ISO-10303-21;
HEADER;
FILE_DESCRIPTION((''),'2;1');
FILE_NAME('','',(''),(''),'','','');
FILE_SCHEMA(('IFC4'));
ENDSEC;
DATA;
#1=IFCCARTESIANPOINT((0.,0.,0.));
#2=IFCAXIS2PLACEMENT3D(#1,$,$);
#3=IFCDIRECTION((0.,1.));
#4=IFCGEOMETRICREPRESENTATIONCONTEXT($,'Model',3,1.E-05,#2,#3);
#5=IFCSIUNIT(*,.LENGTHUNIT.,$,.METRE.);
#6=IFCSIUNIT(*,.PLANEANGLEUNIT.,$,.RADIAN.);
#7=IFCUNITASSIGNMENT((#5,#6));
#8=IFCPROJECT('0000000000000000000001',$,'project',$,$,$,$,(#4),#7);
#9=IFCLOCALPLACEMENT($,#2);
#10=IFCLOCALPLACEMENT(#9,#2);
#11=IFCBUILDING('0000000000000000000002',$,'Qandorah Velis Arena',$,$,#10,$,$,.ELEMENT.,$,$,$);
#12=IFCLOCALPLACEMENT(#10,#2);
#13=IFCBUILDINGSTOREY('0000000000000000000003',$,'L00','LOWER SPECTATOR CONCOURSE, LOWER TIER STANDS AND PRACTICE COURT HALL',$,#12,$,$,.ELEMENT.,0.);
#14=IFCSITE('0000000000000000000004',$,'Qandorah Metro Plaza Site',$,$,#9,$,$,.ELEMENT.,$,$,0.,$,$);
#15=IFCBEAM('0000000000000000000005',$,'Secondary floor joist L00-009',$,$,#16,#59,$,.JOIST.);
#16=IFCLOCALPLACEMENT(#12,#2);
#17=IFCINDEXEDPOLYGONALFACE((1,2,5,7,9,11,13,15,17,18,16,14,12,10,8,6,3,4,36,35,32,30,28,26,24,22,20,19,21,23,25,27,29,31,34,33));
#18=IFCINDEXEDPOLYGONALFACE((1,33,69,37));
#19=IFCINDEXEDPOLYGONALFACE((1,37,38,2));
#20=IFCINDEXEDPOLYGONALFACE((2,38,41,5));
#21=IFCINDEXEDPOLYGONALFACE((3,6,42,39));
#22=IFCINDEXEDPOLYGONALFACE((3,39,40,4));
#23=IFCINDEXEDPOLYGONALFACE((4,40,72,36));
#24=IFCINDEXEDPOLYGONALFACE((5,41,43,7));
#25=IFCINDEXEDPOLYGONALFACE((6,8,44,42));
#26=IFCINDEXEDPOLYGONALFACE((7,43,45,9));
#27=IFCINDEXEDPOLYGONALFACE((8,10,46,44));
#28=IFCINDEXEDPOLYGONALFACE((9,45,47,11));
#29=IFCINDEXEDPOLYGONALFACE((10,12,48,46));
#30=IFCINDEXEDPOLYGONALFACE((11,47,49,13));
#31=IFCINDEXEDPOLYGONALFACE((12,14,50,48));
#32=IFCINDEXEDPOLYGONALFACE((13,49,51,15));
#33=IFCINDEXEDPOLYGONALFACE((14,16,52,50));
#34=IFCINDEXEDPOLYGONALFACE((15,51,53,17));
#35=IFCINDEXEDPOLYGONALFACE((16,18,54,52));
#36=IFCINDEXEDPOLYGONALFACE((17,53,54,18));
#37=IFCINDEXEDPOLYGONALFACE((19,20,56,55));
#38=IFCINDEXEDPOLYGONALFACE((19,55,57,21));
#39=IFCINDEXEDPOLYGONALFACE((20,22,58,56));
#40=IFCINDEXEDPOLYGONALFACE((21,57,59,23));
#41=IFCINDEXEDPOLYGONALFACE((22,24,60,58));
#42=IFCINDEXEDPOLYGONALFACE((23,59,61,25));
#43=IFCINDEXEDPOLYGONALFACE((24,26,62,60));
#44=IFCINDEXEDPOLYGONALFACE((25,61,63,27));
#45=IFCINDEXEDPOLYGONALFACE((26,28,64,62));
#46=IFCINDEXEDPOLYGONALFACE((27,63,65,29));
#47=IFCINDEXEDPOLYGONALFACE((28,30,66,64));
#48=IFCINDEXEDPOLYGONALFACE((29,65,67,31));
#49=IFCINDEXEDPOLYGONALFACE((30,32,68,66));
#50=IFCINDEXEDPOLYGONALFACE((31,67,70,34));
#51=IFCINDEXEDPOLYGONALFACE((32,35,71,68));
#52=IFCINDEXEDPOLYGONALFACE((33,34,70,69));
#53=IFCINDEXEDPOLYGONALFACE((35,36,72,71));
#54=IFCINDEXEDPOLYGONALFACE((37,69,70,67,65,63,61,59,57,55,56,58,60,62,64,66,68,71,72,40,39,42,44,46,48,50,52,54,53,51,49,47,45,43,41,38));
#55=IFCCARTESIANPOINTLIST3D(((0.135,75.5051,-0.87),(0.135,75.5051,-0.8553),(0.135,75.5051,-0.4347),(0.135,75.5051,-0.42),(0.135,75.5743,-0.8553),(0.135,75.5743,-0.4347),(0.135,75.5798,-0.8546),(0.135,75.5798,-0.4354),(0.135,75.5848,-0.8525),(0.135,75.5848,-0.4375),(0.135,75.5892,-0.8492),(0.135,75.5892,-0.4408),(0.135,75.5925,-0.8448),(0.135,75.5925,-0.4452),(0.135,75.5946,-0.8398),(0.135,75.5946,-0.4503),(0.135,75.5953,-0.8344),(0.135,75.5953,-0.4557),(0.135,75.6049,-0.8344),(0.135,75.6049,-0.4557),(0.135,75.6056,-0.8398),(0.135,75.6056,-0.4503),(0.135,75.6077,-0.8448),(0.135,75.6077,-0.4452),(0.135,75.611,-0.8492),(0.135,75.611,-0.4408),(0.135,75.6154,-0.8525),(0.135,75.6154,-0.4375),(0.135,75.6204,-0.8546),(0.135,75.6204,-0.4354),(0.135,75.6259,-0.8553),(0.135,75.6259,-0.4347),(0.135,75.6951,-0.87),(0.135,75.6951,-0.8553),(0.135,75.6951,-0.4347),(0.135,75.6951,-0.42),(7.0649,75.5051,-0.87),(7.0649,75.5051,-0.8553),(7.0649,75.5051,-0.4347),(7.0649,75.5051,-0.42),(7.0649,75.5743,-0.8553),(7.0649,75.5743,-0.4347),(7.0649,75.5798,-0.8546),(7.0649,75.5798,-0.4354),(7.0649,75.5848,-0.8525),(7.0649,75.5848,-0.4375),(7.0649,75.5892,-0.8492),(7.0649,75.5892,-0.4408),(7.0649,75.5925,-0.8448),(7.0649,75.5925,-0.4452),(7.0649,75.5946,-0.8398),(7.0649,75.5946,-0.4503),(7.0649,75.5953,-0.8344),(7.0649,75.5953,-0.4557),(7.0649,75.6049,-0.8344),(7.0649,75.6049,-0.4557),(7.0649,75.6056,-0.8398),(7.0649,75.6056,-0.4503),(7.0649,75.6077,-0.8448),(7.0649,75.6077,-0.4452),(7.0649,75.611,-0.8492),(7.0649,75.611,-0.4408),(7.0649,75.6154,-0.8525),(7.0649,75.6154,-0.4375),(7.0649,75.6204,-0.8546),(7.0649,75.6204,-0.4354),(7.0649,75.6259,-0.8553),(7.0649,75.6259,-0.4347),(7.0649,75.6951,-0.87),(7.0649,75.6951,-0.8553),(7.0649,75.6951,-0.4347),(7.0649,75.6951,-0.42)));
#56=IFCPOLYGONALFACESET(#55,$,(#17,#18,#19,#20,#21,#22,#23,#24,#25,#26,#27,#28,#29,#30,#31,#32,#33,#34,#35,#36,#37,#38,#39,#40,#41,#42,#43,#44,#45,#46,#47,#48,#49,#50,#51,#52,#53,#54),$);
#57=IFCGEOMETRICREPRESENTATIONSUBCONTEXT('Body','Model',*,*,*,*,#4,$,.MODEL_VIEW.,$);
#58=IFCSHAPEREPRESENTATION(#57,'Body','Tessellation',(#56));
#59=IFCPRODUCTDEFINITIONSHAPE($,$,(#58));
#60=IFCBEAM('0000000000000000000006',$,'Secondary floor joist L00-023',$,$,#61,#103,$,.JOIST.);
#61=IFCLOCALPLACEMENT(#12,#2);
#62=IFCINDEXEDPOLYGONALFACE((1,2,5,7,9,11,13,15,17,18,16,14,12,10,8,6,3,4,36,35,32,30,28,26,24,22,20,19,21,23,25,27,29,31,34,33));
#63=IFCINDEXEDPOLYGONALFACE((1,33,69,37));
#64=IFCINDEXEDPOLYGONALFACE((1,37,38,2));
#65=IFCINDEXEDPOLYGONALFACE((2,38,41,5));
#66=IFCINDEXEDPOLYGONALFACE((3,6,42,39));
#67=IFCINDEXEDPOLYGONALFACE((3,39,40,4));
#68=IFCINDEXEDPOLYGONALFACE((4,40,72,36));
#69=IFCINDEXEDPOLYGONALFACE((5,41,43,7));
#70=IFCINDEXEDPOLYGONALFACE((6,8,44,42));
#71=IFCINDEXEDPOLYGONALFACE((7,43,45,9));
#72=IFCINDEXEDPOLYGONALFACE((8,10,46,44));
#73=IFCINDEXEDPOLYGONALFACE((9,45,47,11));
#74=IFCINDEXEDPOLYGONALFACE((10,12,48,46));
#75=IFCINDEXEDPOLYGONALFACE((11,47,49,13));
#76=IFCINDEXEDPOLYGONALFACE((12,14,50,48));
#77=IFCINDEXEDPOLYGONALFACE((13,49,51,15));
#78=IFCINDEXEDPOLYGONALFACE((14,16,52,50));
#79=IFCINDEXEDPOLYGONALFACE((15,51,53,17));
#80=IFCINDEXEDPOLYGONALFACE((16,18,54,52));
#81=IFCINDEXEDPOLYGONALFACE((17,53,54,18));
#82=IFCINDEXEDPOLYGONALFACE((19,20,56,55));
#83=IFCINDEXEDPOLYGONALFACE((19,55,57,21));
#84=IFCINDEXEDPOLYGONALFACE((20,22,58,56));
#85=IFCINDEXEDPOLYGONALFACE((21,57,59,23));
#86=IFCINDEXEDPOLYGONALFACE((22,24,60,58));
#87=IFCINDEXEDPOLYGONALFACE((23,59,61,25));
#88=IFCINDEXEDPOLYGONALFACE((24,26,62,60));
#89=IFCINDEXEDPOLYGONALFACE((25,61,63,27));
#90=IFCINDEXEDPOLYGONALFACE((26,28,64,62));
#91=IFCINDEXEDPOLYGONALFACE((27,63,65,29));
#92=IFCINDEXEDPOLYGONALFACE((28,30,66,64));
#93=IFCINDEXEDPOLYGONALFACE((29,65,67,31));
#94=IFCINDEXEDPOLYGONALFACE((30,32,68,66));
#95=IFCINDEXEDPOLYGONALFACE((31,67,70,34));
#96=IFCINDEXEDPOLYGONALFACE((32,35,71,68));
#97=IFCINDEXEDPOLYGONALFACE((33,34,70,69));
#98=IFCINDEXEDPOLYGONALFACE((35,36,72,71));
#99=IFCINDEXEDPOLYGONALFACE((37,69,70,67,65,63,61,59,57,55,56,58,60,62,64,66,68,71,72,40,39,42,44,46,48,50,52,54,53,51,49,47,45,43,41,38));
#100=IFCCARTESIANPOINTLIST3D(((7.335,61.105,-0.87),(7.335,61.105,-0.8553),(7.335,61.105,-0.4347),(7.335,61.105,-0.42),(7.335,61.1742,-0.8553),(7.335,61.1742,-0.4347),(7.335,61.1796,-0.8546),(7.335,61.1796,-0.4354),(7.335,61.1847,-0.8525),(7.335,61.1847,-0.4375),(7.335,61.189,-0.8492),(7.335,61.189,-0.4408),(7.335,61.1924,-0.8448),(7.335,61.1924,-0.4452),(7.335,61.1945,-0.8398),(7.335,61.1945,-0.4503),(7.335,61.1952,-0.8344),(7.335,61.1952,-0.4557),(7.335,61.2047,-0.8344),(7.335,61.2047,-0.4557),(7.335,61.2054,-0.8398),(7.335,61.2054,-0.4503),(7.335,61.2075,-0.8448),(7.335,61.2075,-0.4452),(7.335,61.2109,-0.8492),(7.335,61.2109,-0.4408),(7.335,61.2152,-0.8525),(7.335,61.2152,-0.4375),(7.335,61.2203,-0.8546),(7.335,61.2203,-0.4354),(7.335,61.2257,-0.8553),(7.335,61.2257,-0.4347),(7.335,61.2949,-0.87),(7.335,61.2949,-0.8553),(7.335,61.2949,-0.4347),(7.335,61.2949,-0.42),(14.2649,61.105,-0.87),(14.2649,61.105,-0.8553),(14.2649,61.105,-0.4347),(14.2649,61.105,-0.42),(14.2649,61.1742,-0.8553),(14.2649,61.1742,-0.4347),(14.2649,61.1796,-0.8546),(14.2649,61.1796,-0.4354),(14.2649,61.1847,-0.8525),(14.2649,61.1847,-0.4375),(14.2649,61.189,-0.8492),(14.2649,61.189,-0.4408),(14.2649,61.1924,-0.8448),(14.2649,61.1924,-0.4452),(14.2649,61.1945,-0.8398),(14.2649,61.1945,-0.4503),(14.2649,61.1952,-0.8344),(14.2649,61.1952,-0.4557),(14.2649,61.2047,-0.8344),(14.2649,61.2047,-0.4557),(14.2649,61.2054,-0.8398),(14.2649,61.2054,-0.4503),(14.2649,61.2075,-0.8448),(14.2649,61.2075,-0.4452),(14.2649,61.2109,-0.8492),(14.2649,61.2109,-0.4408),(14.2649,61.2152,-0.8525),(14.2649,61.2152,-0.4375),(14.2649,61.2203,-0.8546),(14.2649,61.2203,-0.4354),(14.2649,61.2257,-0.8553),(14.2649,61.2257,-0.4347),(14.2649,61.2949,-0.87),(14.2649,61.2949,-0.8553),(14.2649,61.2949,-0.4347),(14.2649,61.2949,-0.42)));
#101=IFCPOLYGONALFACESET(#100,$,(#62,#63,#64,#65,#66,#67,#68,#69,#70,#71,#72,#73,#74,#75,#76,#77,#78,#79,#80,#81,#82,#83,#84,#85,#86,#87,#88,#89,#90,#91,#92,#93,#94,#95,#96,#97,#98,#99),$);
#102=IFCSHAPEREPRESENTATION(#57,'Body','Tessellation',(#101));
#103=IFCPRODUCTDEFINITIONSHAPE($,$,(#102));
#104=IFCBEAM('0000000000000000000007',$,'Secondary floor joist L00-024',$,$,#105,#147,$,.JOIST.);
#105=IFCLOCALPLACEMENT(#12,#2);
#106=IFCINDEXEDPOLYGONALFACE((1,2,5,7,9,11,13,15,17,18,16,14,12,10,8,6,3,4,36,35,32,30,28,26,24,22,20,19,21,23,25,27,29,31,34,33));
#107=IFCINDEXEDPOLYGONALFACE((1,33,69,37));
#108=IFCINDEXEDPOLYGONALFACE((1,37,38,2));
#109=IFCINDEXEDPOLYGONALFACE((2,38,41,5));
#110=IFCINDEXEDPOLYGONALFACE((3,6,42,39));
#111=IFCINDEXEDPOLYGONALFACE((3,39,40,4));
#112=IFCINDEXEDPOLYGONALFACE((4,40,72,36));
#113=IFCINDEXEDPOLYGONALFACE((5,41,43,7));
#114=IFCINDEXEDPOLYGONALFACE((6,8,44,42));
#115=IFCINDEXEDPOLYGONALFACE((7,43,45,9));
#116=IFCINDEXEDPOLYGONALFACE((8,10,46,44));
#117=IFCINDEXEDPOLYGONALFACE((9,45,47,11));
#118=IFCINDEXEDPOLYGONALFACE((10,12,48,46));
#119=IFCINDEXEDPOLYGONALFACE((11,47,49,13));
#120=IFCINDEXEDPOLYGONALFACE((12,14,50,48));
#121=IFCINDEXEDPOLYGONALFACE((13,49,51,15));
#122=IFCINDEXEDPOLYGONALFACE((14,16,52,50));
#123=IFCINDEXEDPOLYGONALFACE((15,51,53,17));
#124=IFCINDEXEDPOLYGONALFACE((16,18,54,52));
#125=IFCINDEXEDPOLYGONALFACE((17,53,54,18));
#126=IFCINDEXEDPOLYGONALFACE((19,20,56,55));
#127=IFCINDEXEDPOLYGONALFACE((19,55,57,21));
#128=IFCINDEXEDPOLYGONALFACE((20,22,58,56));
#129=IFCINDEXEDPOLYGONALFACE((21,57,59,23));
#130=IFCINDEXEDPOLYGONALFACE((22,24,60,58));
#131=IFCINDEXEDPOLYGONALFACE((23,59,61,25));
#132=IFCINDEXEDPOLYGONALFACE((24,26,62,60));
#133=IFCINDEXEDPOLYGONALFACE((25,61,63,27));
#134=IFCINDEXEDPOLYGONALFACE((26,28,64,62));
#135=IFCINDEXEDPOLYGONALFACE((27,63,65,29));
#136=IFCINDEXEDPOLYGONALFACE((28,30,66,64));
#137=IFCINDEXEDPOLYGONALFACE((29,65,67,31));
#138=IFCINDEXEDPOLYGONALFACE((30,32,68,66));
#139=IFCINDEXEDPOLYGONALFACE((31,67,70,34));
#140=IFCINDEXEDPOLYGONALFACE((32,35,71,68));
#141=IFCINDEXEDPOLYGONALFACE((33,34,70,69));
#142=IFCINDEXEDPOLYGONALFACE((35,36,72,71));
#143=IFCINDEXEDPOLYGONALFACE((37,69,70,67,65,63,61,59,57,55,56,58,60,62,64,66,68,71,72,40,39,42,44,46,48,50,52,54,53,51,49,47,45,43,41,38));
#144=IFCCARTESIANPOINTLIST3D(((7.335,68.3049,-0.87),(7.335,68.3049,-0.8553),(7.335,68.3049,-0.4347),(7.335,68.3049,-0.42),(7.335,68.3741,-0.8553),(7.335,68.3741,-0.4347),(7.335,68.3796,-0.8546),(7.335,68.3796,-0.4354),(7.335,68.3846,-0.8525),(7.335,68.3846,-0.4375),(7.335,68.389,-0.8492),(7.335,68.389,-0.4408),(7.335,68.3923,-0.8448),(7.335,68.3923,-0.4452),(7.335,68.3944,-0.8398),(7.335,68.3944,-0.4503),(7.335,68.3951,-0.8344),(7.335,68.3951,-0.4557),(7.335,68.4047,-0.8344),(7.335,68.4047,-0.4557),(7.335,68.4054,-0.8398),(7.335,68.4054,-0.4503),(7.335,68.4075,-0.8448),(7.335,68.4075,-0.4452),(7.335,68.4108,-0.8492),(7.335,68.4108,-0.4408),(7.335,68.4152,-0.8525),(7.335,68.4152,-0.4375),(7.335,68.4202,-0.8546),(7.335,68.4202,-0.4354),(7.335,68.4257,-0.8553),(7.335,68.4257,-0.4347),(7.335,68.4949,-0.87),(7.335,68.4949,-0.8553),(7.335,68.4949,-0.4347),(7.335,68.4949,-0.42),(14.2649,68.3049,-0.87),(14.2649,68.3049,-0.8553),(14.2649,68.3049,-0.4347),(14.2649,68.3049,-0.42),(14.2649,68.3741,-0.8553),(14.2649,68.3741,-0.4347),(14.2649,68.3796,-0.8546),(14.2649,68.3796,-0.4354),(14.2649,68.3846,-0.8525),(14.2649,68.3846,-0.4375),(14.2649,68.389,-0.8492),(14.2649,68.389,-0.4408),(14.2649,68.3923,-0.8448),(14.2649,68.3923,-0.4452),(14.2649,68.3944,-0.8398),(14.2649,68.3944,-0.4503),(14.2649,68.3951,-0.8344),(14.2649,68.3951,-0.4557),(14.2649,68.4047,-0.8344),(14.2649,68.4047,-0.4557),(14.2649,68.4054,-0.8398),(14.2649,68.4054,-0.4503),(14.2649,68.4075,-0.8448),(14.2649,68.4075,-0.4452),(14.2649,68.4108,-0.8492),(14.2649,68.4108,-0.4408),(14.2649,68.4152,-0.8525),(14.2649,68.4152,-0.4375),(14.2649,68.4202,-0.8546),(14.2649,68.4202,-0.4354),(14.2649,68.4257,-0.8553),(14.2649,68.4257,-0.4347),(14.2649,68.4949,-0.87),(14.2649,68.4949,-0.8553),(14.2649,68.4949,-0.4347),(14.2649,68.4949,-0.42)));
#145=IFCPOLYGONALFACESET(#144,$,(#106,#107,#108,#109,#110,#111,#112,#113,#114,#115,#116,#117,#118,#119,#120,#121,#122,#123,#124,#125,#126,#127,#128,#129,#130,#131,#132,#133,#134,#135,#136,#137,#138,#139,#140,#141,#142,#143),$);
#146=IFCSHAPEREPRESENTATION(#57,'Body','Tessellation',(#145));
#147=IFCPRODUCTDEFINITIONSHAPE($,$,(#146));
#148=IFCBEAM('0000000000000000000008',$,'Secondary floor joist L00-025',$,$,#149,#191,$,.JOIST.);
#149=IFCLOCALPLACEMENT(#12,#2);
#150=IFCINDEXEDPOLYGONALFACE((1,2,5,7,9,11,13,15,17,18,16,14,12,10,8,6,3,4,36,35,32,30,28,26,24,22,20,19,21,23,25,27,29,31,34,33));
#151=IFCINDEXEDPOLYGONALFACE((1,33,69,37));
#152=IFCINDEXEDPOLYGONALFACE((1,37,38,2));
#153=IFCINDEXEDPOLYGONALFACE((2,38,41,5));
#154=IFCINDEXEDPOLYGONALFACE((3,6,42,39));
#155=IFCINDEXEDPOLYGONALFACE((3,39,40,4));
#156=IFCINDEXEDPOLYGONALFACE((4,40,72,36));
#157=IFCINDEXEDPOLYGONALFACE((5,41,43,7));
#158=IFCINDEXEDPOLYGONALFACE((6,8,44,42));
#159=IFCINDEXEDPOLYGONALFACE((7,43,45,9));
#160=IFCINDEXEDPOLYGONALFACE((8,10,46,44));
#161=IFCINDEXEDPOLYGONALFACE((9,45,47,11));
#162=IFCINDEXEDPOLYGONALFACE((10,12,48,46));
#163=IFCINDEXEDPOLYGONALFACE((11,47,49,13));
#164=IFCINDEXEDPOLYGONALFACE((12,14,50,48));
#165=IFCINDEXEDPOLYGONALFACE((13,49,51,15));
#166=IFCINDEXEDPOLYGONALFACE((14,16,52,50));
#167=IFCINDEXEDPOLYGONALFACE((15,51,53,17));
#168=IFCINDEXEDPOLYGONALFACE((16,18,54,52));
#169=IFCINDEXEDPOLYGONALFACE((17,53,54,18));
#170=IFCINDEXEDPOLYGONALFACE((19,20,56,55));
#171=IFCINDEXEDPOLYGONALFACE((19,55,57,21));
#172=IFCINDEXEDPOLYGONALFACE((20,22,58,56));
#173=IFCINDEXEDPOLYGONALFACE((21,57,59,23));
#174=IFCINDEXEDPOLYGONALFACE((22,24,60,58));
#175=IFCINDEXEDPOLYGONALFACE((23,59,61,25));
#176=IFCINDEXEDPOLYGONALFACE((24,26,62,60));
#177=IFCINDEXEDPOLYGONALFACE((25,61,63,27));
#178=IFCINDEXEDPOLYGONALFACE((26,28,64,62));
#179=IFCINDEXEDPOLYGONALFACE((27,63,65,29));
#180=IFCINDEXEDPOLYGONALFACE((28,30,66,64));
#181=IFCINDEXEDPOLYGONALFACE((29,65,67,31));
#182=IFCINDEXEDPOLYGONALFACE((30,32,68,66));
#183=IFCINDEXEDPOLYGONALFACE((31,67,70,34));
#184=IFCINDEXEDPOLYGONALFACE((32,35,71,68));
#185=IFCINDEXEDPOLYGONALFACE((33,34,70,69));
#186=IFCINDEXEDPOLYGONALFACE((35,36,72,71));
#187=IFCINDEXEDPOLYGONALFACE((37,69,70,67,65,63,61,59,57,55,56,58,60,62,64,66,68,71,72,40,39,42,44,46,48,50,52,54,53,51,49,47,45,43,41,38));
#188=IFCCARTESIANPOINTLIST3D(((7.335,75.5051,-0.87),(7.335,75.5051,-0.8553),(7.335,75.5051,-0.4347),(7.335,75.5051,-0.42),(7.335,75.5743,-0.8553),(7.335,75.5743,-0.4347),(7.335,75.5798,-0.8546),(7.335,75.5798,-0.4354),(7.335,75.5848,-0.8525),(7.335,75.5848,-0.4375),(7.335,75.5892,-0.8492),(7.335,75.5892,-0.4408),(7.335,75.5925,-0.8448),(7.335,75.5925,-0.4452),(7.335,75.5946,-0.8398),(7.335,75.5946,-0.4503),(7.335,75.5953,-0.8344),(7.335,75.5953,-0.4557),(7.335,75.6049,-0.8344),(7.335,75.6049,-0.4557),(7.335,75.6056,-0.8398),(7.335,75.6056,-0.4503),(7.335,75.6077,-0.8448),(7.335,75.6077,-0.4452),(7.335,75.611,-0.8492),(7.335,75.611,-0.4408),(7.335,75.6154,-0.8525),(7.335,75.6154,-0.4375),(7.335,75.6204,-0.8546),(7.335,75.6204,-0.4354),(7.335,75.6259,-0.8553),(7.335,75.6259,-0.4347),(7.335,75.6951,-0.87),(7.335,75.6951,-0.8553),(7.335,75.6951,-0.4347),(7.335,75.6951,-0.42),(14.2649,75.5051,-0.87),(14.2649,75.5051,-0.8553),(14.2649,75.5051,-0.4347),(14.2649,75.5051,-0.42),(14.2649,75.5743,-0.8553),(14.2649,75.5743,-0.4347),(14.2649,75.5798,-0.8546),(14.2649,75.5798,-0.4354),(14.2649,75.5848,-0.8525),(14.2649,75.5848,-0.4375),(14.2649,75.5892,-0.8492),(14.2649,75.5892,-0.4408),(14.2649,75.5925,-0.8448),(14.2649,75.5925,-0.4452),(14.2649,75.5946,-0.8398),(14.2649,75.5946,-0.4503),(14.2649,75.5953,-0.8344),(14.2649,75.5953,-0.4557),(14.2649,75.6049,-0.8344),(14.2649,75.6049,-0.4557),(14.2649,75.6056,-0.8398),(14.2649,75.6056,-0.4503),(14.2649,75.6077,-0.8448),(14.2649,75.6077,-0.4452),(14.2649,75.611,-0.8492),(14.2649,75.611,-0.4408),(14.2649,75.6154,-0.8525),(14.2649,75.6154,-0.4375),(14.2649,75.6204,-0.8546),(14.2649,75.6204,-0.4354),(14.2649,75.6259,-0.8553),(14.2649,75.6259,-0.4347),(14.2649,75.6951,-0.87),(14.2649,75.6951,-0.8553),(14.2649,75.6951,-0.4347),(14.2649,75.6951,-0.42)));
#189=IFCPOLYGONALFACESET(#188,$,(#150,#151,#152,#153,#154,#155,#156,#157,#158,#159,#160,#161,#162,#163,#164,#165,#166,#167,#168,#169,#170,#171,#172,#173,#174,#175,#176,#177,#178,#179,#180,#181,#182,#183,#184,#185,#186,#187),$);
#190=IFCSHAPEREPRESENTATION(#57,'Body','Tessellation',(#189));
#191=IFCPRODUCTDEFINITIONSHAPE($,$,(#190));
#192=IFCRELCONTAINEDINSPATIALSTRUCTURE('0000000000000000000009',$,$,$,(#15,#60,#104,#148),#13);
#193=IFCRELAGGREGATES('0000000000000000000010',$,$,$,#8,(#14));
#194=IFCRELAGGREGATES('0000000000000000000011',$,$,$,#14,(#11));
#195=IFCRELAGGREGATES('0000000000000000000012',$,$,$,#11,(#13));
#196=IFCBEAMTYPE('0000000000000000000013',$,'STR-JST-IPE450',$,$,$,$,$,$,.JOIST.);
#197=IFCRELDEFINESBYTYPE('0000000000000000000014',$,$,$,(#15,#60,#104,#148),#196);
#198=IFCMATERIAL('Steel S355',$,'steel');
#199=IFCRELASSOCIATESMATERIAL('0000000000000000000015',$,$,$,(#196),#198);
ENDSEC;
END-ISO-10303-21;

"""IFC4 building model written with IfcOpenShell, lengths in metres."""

from ifc_helpers import new_model, si_unit, direction, frame, origin, origin_2d, place, context, subcontext, project, spatial, i_section, extrude, material, material_profile, profile_set, type_object, element, save


model = new_model("IFC4")

# Units and contexts
model_context = context("Model", 3, precision=1e-05, world=origin(), true_north=direction((0.0, 1.0)))
body_context = subcontext(model_context, "Body", "Model", "MODEL_VIEW")
ifc_project = project(units=[si_unit("LENGTHUNIT", "METRE"), si_unit("PLANEANGLEUNIT", "RADIAN")], contexts=[model_context])

# Site, building, storey
site_placement = place(None, origin())
site = spatial("IfcSite", under=ifc_project, at=site_placement, Name="Qandorah Metro Plaza Site", CompositionType="ELEMENT", RefElevation=0.0)
building_placement = place(site_placement, origin())
building = spatial("IfcBuilding", under=site, at=building_placement, Name="Qandorah Velis Arena", CompositionType="ELEMENT")
storey_placement = place(building_placement, origin())
storey = spatial("IfcBuildingStorey", under=building, at=storey_placement, Name="L00", Description="LOWER SPECTATOR CONCOURSE, LOWER TIER STANDS AND PRACTICE COURT HALL", CompositionType="ELEMENT", Elevation=0.0)

# Beams
ifc_material_1 = material(Name="Steel S355", Category="steel")
ifc_material_profile_1 = material_profile(ifc_material_1, i_section(OverallWidth=0.1899, OverallDepth=0.45, WebThickness=0.0095, FlangeThickness=0.0146, FilletRadius=0.021, at=origin_2d()), Name="IPE 450")
ifc_profile_set_1 = profile_set([ifc_material_profile_1], Name="Steel S355")
beam_type_1 = type_object("IfcBeamType", Name="STR-JST-IPE450", PredefinedType="JOIST", material=ifc_profile_set_1)
for number, where, z_axis, x_axis, name in (
    (1, (0.135, 75.6001, -0.645), (1.0, 0.0, 0.0), (0.0, 1.0, 0.0), "Secondary floor joist L00-009"),
    (2, (7.335, 61.2, -0.645), (1.0, 0.0, 0.0), (0.0, 1.0, 0.0), "Secondary floor joist L00-023"),
    (3, (7.335, 68.3999, -0.645), (1.0, 0.0, 0.0), (0.0, 1.0, 0.0), "Secondary floor joist L00-024"),
    (4, (7.335, 75.6001, -0.645), (1.0, 0.0, 0.0), (0.0, 1.0, 0.0), "Secondary floor joist L00-025"),
):
    element("IfcBeam", number, at=place(storey_placement, frame(where, z_axis=z_axis, x_axis=x_axis)), inside=storey, type_object=beam_type_1, Name=name, PredefinedType="JOIST", context=body_context, shape_type="SweptSolid", body=[
        extrude(i_section(OverallWidth=0.1899, OverallDepth=0.45, WebThickness=0.0095, FlangeThickness=0.0146, FilletRadius=0.021, at=origin_2d()), origin(), (0.0, 0.0, 1.0), 6.9299),
    ])

save(model, "model.ifc")
